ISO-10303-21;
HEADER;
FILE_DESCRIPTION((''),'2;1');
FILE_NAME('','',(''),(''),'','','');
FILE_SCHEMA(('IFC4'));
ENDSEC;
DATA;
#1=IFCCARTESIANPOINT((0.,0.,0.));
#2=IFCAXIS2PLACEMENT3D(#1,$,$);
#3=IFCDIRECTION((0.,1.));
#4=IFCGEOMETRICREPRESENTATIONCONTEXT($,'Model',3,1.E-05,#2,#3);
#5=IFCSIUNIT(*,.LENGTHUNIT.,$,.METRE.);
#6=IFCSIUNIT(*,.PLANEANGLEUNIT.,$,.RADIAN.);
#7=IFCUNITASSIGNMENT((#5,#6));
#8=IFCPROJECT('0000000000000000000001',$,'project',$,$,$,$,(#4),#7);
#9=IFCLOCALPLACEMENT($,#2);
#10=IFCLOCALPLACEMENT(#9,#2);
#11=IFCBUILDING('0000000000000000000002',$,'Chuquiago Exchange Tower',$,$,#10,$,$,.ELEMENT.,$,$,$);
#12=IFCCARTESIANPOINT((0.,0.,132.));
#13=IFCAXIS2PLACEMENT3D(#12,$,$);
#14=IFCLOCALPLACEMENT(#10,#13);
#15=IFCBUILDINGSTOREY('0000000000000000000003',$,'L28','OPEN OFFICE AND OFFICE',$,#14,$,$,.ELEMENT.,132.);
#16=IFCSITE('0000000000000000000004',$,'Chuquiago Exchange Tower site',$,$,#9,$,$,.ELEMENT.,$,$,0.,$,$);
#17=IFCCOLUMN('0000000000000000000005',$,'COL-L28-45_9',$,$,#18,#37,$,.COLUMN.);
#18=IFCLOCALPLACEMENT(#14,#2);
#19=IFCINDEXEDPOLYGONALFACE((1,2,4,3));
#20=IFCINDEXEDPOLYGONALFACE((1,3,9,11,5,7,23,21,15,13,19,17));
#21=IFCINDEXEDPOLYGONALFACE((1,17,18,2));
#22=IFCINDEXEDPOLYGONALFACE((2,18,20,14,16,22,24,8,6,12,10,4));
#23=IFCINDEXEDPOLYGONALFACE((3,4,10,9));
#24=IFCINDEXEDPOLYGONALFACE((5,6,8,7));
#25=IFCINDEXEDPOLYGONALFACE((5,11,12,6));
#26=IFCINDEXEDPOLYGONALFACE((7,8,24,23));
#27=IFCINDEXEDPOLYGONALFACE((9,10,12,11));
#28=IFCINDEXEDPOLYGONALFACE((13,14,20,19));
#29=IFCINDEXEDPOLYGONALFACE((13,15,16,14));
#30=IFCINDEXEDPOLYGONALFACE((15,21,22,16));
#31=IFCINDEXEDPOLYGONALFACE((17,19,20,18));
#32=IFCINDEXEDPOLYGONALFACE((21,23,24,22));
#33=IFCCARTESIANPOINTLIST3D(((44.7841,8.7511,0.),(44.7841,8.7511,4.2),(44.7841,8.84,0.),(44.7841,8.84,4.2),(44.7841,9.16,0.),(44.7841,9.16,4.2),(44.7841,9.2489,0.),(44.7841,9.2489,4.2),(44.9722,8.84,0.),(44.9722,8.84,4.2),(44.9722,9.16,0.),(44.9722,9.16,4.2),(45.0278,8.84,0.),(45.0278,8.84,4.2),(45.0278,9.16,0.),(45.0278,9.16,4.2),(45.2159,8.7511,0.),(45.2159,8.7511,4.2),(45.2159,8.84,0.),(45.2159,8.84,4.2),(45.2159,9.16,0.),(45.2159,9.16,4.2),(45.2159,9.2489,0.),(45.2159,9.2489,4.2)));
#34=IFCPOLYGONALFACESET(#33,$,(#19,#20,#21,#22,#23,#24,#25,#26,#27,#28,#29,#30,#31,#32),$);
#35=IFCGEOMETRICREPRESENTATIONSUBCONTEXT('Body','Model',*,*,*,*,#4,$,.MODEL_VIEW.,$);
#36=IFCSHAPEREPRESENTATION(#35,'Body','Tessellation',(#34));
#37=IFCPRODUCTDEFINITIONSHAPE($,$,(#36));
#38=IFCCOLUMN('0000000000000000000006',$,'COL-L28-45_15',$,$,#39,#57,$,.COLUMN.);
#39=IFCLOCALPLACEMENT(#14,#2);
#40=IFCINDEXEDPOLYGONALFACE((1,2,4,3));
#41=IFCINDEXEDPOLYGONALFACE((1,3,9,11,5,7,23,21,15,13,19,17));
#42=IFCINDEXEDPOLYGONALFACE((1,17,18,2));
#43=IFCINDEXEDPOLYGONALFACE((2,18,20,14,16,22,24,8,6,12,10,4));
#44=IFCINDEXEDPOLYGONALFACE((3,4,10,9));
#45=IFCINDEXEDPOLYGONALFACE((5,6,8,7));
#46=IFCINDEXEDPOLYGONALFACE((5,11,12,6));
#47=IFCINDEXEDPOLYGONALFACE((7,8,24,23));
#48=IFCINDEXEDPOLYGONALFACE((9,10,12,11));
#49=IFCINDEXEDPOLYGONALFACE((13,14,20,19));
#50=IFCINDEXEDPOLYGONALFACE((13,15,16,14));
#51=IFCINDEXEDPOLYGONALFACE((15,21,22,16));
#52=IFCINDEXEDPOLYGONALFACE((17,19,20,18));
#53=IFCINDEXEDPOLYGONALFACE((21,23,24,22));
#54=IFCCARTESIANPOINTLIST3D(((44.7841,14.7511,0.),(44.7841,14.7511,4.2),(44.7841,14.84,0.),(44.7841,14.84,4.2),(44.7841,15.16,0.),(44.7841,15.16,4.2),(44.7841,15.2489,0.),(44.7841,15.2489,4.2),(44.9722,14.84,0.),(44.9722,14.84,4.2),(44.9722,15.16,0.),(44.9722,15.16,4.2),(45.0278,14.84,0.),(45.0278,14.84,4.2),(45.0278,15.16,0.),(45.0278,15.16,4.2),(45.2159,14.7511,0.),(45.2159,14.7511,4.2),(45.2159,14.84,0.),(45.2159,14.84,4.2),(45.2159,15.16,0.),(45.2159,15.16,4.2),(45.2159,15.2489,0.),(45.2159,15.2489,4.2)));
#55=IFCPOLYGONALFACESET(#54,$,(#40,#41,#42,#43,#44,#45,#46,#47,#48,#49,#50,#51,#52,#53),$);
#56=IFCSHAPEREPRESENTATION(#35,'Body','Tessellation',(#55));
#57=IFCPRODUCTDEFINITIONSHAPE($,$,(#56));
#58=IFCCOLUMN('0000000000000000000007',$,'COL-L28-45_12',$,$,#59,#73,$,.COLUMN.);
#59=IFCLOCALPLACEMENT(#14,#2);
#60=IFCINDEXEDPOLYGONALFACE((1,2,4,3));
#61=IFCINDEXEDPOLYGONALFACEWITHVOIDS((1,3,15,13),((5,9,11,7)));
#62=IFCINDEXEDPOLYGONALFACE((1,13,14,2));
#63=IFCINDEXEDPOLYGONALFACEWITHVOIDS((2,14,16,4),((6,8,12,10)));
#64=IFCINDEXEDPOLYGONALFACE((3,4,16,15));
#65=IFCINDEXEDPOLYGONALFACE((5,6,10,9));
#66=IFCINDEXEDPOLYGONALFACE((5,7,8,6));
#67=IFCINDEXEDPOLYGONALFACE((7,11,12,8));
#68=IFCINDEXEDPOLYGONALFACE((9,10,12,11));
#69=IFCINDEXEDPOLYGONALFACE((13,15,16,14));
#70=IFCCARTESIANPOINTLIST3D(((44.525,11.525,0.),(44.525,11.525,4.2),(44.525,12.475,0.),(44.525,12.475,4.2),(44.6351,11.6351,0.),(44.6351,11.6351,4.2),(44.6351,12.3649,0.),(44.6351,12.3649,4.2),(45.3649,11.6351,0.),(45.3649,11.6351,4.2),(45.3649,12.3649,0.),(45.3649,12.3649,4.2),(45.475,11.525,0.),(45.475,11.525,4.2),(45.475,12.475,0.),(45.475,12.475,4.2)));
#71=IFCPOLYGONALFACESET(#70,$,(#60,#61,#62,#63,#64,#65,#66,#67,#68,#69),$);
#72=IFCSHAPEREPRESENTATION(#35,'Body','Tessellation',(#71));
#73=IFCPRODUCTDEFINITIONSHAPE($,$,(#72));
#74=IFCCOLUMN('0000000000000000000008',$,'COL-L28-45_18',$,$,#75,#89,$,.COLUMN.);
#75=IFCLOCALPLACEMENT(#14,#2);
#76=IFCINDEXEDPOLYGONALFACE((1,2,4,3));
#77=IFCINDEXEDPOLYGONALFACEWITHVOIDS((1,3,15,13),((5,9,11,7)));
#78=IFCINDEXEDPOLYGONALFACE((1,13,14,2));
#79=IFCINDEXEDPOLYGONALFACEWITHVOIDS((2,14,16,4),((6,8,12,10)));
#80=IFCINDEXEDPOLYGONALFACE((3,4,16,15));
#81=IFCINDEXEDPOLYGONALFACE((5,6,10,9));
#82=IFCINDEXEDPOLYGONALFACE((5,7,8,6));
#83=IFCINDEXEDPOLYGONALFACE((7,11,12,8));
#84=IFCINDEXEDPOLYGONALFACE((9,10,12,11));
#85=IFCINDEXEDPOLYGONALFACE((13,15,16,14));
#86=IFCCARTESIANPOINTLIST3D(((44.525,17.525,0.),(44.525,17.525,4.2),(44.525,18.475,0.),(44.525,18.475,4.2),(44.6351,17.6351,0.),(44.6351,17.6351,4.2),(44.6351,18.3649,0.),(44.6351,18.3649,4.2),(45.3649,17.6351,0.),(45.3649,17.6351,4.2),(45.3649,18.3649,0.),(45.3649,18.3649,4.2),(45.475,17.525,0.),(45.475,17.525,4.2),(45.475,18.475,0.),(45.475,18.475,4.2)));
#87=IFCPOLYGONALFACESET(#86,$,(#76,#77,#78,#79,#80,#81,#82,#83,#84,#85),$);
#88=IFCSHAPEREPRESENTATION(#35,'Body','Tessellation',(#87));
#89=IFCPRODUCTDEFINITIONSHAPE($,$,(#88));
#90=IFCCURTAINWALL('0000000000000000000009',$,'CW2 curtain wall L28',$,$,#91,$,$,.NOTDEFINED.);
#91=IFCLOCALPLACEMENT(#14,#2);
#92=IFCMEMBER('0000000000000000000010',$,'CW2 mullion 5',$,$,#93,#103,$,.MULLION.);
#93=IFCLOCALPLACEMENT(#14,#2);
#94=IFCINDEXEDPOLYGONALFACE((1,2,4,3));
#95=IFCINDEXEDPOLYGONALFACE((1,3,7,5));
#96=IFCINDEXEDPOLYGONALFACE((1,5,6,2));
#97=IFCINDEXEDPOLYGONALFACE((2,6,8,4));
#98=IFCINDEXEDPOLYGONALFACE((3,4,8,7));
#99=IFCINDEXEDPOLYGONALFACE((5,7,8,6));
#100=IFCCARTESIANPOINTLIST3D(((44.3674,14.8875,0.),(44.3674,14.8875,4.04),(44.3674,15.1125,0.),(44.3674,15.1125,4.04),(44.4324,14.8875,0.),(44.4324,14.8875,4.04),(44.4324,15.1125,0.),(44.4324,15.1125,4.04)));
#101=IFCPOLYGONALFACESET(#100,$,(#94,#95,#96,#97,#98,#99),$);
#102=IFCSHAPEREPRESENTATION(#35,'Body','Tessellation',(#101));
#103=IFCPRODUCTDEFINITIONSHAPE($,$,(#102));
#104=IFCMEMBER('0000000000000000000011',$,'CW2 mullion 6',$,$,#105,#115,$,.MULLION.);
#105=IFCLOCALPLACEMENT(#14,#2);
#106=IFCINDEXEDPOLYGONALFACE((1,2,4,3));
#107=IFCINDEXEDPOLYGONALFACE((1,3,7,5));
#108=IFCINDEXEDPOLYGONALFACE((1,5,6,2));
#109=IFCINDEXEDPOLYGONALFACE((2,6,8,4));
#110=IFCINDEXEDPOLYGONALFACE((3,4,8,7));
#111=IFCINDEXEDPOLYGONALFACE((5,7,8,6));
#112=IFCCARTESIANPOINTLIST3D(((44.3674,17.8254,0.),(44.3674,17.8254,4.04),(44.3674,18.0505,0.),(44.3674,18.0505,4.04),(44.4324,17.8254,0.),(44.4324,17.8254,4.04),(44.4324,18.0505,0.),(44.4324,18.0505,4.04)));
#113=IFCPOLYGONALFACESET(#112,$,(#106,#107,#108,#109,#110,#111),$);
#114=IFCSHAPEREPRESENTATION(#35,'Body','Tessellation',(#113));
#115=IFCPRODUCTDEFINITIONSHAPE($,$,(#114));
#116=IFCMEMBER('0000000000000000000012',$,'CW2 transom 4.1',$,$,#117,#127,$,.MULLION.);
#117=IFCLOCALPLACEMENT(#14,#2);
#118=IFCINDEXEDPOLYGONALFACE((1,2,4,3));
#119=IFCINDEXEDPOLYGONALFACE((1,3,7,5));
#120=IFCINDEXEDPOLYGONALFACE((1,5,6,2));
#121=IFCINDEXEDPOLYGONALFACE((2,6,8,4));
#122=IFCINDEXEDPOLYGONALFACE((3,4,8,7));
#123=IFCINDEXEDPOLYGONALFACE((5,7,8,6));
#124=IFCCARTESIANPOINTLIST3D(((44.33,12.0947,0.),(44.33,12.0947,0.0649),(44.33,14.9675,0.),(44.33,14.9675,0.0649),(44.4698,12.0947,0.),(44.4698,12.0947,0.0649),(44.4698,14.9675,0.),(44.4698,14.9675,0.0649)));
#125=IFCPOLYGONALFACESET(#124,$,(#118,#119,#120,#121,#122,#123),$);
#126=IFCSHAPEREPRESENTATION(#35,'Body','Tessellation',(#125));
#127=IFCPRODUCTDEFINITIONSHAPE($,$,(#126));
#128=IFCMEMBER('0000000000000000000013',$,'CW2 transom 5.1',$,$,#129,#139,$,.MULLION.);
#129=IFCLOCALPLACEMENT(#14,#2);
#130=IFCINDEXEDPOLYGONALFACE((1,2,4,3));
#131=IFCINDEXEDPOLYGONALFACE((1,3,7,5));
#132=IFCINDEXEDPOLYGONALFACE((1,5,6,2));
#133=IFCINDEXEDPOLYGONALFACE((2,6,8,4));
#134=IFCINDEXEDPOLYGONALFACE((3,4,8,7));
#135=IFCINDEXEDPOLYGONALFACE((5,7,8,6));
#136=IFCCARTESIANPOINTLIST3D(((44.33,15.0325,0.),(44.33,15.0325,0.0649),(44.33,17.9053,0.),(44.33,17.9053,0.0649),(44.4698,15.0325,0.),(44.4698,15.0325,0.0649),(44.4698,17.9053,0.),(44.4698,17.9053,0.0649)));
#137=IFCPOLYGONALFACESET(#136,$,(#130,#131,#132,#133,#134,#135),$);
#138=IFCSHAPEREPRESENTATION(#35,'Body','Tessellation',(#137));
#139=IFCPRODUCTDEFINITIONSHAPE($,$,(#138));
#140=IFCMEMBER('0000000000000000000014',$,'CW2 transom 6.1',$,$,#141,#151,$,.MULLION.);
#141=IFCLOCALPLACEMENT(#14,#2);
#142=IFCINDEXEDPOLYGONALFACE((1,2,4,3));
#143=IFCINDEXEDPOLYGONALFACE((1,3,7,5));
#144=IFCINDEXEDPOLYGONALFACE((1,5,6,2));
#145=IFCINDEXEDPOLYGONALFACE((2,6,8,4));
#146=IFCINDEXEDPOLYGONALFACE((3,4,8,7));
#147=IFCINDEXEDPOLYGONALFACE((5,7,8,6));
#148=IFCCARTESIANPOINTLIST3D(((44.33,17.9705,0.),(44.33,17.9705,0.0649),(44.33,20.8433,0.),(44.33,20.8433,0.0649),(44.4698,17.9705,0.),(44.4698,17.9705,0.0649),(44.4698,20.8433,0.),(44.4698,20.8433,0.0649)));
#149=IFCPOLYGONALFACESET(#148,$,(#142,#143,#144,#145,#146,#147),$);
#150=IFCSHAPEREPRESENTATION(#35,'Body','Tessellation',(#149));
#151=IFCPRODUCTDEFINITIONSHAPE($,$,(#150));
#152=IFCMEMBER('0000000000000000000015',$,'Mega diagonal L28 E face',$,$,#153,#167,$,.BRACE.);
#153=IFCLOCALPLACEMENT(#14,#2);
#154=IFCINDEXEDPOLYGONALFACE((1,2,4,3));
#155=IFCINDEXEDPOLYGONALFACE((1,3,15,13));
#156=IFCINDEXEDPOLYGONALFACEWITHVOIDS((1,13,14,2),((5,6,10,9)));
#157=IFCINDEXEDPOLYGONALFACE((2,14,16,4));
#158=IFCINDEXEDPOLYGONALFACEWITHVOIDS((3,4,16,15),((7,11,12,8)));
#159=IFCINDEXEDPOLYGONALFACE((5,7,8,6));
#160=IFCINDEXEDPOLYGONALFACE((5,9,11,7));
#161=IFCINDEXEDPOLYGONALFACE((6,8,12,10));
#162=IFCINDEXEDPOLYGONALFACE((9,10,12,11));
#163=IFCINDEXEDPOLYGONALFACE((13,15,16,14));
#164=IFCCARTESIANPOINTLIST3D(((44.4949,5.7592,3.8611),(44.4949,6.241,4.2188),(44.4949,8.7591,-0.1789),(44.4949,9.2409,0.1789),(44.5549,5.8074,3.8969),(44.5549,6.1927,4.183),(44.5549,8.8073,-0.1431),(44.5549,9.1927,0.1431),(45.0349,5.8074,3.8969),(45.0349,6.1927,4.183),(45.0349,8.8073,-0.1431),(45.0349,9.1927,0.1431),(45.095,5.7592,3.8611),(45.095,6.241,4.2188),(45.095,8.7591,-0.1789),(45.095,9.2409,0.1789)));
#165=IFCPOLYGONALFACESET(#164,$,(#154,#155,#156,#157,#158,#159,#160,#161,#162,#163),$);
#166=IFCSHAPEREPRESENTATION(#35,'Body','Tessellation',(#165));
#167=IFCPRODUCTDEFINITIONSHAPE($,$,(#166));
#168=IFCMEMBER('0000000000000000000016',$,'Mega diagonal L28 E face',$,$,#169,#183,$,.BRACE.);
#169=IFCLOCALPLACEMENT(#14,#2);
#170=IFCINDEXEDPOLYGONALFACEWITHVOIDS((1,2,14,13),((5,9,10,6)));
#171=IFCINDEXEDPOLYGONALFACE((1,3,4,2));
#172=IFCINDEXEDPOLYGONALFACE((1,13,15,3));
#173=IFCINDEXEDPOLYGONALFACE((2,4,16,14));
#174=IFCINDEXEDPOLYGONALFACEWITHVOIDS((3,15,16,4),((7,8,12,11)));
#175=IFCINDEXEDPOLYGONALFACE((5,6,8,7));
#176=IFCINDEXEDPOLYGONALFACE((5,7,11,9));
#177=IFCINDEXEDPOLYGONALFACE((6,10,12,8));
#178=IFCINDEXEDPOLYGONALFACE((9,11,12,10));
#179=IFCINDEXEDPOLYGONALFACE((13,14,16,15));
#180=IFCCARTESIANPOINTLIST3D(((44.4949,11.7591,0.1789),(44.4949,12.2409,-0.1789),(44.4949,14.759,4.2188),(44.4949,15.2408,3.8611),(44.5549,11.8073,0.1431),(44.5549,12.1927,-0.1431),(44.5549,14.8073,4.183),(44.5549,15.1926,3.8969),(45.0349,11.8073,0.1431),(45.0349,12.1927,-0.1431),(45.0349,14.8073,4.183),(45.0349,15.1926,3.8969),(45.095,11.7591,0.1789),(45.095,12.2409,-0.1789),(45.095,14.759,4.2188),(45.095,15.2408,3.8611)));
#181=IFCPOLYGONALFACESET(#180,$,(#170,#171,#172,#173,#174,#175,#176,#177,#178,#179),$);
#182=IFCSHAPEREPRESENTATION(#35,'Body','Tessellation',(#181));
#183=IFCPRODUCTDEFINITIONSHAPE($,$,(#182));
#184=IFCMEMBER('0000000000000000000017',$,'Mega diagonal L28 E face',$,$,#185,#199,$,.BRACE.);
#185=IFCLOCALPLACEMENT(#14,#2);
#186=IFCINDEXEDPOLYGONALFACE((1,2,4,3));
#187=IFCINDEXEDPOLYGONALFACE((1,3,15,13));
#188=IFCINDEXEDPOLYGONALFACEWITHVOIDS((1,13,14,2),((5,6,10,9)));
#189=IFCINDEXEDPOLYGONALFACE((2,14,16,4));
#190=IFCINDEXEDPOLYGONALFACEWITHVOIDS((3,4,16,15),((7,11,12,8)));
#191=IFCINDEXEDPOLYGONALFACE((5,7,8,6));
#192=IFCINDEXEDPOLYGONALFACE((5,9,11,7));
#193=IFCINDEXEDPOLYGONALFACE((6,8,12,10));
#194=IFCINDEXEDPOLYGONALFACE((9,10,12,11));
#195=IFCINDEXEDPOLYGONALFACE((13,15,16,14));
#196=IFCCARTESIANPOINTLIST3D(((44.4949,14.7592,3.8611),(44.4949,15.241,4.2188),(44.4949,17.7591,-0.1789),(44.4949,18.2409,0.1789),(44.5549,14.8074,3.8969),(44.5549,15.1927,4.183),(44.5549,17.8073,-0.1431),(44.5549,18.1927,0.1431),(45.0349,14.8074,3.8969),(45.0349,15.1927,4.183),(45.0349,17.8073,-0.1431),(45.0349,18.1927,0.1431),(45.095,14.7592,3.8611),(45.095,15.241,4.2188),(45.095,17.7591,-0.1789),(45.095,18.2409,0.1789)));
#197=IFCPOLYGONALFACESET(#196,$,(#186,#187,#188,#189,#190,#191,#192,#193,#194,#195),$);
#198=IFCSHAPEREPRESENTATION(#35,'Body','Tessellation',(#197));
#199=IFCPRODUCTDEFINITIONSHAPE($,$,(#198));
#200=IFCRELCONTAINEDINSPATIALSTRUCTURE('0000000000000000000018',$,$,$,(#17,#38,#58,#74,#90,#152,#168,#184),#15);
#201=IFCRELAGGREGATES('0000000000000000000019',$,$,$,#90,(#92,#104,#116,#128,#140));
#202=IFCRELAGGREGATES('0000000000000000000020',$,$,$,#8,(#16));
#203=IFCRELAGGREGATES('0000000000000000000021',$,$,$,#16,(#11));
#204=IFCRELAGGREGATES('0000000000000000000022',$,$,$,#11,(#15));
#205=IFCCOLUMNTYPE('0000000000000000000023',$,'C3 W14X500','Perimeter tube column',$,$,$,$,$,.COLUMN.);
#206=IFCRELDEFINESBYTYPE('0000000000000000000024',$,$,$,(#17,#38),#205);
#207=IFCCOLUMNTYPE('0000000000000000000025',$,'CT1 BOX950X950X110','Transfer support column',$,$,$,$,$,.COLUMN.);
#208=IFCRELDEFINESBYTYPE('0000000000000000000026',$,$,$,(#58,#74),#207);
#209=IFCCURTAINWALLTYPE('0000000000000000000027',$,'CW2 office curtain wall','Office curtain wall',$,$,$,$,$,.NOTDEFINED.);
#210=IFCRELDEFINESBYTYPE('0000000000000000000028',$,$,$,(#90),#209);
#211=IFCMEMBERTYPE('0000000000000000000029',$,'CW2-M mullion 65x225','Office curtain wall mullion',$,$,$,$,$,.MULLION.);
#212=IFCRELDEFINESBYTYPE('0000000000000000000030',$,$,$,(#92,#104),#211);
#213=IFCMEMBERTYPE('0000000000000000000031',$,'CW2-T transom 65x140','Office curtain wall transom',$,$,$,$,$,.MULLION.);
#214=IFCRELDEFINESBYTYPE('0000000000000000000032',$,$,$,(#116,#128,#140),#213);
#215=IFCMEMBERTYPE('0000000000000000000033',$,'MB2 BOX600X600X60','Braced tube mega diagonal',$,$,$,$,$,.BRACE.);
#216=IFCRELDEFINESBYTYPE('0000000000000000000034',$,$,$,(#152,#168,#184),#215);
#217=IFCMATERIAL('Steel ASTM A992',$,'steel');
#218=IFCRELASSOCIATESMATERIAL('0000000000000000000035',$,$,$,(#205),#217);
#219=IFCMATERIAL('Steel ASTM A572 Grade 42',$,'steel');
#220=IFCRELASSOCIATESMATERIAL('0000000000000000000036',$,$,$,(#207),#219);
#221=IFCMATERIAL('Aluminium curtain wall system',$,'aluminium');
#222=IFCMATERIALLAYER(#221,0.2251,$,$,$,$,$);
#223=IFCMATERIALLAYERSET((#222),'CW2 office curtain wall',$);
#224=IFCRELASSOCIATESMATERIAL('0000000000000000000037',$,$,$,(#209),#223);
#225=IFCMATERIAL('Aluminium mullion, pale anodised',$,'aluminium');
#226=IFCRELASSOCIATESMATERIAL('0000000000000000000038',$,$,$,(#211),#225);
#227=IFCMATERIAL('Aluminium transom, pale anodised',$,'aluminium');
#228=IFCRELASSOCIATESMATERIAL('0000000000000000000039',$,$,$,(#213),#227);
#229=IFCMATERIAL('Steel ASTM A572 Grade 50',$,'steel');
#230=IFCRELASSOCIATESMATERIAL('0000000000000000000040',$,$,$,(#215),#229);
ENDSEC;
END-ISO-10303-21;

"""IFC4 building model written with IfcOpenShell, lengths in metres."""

from ifc_helpers import new_model, si_unit, direction, frame, origin, origin_2d, place, context, subcontext, project, spatial, rectangle, hollow_rectangle, i_section, extrude, material, layer, layer_set, material_profile, profile_set, type_object, element, aggregate, save


model = new_model("IFC4")

# Units and contexts
model_context = context("Model", 3, precision=1e-05, world=origin(), true_north=direction((0.0, 1.0)))
body_context = subcontext(model_context, "Body", "Model", "MODEL_VIEW")
ifc_project = project(units=[si_unit("LENGTHUNIT", "METRE"), si_unit("PLANEANGLEUNIT", "RADIAN")], contexts=[model_context])

# Site, building, storey
site_placement = place(None, origin())
site = spatial("IfcSite", under=ifc_project, at=site_placement, Name="Chuquiago Exchange Tower site", CompositionType="ELEMENT", RefElevation=0.0)
building_placement = place(site_placement, origin())
building = spatial("IfcBuilding", under=site, at=building_placement, Name="Chuquiago Exchange Tower", CompositionType="ELEMENT")
storey_placement = place(building_placement, frame((0.0, 0.0, 132.0)))
storey = spatial("IfcBuildingStorey", under=building, at=storey_placement, Name="L28", Description="OPEN OFFICE AND OFFICE", CompositionType="ELEMENT", Elevation=132.0)

# Columns
ifc_material_1 = material(Name="Steel ASTM A992", Category="steel")
ifc_material_profile_1 = material_profile(ifc_material_1, i_section(OverallWidth=0.4319, OverallDepth=0.4978, WebThickness=0.0557, FlangeThickness=0.0889, at=origin_2d()), Name="W14X500")
ifc_profile_set_1 = profile_set([ifc_material_profile_1], Name="Steel ASTM A992")
column_type_1 = type_object("IfcColumnType", Name="C3 W14X500", Description="Perimeter tube column", PredefinedType="COLUMN", material=ifc_profile_set_1)
for number, where, z_axis, x_axis, name in (
    (1, (45.0, 9.0, 0.0), (0.0, 0.0, 1.0), (1.0, 0.0, 0.0), "COL-L28-45_9"),
    (2, (45.0, 15.0, 0.0), (0.0, 0.0, 1.0), (1.0, 0.0, 0.0), "COL-L28-45_15"),
):
    element("IfcColumn", number, at=place(storey_placement, frame(where, z_axis=z_axis, x_axis=x_axis)), inside=storey, type_object=column_type_1, Name=name, PredefinedType="COLUMN", context=body_context, shape_type="SweptSolid", body=[
        extrude(i_section(OverallWidth=0.4319, OverallDepth=0.4978, WebThickness=0.0557, FlangeThickness=0.0889, at=origin_2d()), origin(), (0.0, 0.0, 1.0), 4.2),
    ])
ifc_material_2 = material(Name="Steel ASTM A572 Grade 42", Category="steel")
ifc_material_profile_2 = material_profile(ifc_material_2, hollow_rectangle(XDim=0.95, YDim=0.95, WallThickness=0.1101, at=origin_2d()), Name="BOX950X950X110")
ifc_profile_set_2 = profile_set([ifc_material_profile_2], Name="Steel ASTM A572 Grade 42")
column_type_2 = type_object("IfcColumnType", Name="CT1 BOX950X950X110", Description="Transfer support column", PredefinedType="COLUMN", material=ifc_profile_set_2)
for number, where, z_axis, x_axis, name in (
    (3, (45.0, 12.0, 0.0), (0.0, 0.0, 1.0), (1.0, 0.0, 0.0), "COL-L28-45_12"),
    (4, (45.0, 18.0, 0.0), (0.0, 0.0, 1.0), (1.0, 0.0, 0.0), "COL-L28-45_18"),
):
    element("IfcColumn", number, at=place(storey_placement, frame(where, z_axis=z_axis, x_axis=x_axis)), inside=storey, type_object=column_type_2, Name=name, PredefinedType="COLUMN", context=body_context, shape_type="SweptSolid", body=[
        extrude(hollow_rectangle(XDim=0.95, YDim=0.95, WallThickness=0.1101, at=origin_2d()), origin(), (0.0, 0.0, 1.0), 4.2),
    ])

# Curtain wall, members
ifc_material_3 = material(Name="Aluminium curtain wall system", Category="aluminium")
ifc_layer_1 = layer(ifc_material_3, 0.2251)
ifc_layer_set_1 = layer_set([ifc_layer_1], Name="CW2 office curtain wall")
curtain_wall_type = type_object("IfcCurtainWallType", Name="CW2 office curtain wall", Description="Office curtain wall", PredefinedType="NOTDEFINED", material=ifc_layer_set_1)
curtain_wall_placement = place(storey_placement, origin())
curtain_wall = element("IfcCurtainWall", 5, at=curtain_wall_placement, inside=storey, type_object=curtain_wall_type, Name="CW2 curtain wall L28", PredefinedType="NOTDEFINED")
ifc_material_4 = material(Name="Aluminium mullion, pale anodised", Category="aluminium")
ifc_material_profile_3 = material_profile(ifc_material_4, rectangle(XDim=0.0649, YDim=0.2251, at=origin_2d()), Name="AL 65x225")
ifc_profile_set_3 = profile_set([ifc_material_profile_3], Name="Aluminium mullion, pale anodised")
member_type_1 = type_object("IfcMemberType", Name="CW2-M mullion 65x225", Description="Office curtain wall mullion", PredefinedType="MULLION", material=ifc_profile_set_3)
member_1_placement = place(storey_placement, frame((44.3999, 15.0, 0.0), z_axis=(0.0, 0.0, 1.0), x_axis=(-1.0, 0.0, 0.0)))
member_1 = element("IfcMember", 6, at=member_1_placement, type_object=member_type_1, Name="CW2 mullion 5", PredefinedType="MULLION", context=body_context, shape_type="SweptSolid", body=[
    extrude(rectangle(XDim=0.0649, YDim=0.2251, at=origin_2d()), origin(), (0.0, 0.0, 1.0), 4.04),
])
member_2_placement = place(storey_placement, frame((44.3999, 17.938, 0.0), z_axis=(0.0, 0.0, 1.0), x_axis=(-1.0, 0.0, 0.0)))
member_2 = element("IfcMember", 7, at=member_2_placement, type_object=member_type_1, Name="CW2 mullion 6", PredefinedType="MULLION", context=body_context, shape_type="SweptSolid", body=[
    extrude(rectangle(XDim=0.0649, YDim=0.2251, at=origin_2d()), origin(), (0.0, 0.0, 1.0), 4.04),
])
ifc_material_5 = material(Name="Aluminium transom, pale anodised", Category="aluminium")
ifc_material_profile_4 = material_profile(ifc_material_5, rectangle(XDim=0.1399, YDim=0.0649, at=origin_2d()), Name="AL 140x65")
ifc_profile_set_4 = profile_set([ifc_material_profile_4], Name="Aluminium transom, pale anodised")
member_type_2 = type_object("IfcMemberType", Name="CW2-T transom 65x140", Description="Office curtain wall transom", PredefinedType="MULLION", material=ifc_profile_set_4)
member_3_placement = place(storey_placement, frame((44.3999, 12.0947, 0.0325), z_axis=(0.0, 1.0, 0.0), x_axis=(-1.0, 0.0, 0.0)))
member_3 = element("IfcMember", 8, at=member_3_placement, type_object=member_type_2, Name="CW2 transom 4.1", PredefinedType="MULLION", context=body_context, shape_type="SweptSolid", body=[
    extrude(rectangle(XDim=0.1399, YDim=0.0649, at=origin_2d()), origin(), (0.0, 0.0, 1.0), 2.8728),
])
member_4_placement = place(storey_placement, frame((44.3999, 15.0325, 0.0325), z_axis=(0.0, 1.0, 0.0), x_axis=(-1.0, 0.0, 0.0)))
member_4 = element("IfcMember", 9, at=member_4_placement, type_object=member_type_2, Name="CW2 transom 5.1", PredefinedType="MULLION", context=body_context, shape_type="SweptSolid", body=[
    extrude(rectangle(XDim=0.1399, YDim=0.0649, at=origin_2d()), origin(), (0.0, 0.0, 1.0), 2.8728),
])
member_5_placement = place(storey_placement, frame((44.3999, 17.9705, 0.0325), z_axis=(0.0, 1.0, 0.0), x_axis=(-1.0, 0.0, 0.0)))
member_5 = element("IfcMember", 10, at=member_5_placement, type_object=member_type_2, Name="CW2 transom 6.1", PredefinedType="MULLION", context=body_context, shape_type="SweptSolid", body=[
    extrude(rectangle(XDim=0.1399, YDim=0.0649, at=origin_2d()), origin(), (0.0, 0.0, 1.0), 2.8728),
])

# Members
ifc_material_6 = material(Name="Steel ASTM A572 Grade 50", Category="steel")
ifc_material_profile_5 = material_profile(ifc_material_6, hollow_rectangle(XDim=0.6001, YDim=0.6001, WallThickness=0.0601, at=origin_2d()), Name="BOX600X600X60")
ifc_profile_set_5 = profile_set([ifc_material_profile_5], Name="Steel ASTM A572 Grade 50")
member_type_3 = type_object("IfcMemberType", Name="MB2 BOX600X600X60", Description="Braced tube mega diagonal", PredefinedType="BRACE", material=ifc_profile_set_5)
for number, where, z_axis, x_axis, name in (
    (11, (44.7949, 9.0, 0.0), (0.0, -0.596174, 0.802855), (1.0, 0.0, 0.0), "Mega diagonal L28 E face"),
    (12, (44.7949, 12.0, 0.0), (0.0, 0.596174, 0.802855), (-1.0, 0.0, 0.0), "Mega diagonal L28 E face"),
    (13, (44.7949, 18.0, 0.0), (0.0, -0.596174, 0.802855), (1.0, 0.0, 0.0), "Mega diagonal L28 E face"),
):
    element("IfcMember", number, at=place(storey_placement, frame(where, z_axis=z_axis, x_axis=x_axis)), inside=storey, type_object=member_type_3, Name=name, PredefinedType="BRACE", context=body_context, shape_type="SweptSolid", body=[
        extrude(hollow_rectangle(XDim=0.6001, YDim=0.6001, WallThickness=0.0601, at=origin_2d()), origin(), (0.0, 0.0, 1.0), 5.032),
    ])

aggregate(curtain_wall, [member_1, member_2, member_3, member_4, member_5])

save(model, "model.ifc")
